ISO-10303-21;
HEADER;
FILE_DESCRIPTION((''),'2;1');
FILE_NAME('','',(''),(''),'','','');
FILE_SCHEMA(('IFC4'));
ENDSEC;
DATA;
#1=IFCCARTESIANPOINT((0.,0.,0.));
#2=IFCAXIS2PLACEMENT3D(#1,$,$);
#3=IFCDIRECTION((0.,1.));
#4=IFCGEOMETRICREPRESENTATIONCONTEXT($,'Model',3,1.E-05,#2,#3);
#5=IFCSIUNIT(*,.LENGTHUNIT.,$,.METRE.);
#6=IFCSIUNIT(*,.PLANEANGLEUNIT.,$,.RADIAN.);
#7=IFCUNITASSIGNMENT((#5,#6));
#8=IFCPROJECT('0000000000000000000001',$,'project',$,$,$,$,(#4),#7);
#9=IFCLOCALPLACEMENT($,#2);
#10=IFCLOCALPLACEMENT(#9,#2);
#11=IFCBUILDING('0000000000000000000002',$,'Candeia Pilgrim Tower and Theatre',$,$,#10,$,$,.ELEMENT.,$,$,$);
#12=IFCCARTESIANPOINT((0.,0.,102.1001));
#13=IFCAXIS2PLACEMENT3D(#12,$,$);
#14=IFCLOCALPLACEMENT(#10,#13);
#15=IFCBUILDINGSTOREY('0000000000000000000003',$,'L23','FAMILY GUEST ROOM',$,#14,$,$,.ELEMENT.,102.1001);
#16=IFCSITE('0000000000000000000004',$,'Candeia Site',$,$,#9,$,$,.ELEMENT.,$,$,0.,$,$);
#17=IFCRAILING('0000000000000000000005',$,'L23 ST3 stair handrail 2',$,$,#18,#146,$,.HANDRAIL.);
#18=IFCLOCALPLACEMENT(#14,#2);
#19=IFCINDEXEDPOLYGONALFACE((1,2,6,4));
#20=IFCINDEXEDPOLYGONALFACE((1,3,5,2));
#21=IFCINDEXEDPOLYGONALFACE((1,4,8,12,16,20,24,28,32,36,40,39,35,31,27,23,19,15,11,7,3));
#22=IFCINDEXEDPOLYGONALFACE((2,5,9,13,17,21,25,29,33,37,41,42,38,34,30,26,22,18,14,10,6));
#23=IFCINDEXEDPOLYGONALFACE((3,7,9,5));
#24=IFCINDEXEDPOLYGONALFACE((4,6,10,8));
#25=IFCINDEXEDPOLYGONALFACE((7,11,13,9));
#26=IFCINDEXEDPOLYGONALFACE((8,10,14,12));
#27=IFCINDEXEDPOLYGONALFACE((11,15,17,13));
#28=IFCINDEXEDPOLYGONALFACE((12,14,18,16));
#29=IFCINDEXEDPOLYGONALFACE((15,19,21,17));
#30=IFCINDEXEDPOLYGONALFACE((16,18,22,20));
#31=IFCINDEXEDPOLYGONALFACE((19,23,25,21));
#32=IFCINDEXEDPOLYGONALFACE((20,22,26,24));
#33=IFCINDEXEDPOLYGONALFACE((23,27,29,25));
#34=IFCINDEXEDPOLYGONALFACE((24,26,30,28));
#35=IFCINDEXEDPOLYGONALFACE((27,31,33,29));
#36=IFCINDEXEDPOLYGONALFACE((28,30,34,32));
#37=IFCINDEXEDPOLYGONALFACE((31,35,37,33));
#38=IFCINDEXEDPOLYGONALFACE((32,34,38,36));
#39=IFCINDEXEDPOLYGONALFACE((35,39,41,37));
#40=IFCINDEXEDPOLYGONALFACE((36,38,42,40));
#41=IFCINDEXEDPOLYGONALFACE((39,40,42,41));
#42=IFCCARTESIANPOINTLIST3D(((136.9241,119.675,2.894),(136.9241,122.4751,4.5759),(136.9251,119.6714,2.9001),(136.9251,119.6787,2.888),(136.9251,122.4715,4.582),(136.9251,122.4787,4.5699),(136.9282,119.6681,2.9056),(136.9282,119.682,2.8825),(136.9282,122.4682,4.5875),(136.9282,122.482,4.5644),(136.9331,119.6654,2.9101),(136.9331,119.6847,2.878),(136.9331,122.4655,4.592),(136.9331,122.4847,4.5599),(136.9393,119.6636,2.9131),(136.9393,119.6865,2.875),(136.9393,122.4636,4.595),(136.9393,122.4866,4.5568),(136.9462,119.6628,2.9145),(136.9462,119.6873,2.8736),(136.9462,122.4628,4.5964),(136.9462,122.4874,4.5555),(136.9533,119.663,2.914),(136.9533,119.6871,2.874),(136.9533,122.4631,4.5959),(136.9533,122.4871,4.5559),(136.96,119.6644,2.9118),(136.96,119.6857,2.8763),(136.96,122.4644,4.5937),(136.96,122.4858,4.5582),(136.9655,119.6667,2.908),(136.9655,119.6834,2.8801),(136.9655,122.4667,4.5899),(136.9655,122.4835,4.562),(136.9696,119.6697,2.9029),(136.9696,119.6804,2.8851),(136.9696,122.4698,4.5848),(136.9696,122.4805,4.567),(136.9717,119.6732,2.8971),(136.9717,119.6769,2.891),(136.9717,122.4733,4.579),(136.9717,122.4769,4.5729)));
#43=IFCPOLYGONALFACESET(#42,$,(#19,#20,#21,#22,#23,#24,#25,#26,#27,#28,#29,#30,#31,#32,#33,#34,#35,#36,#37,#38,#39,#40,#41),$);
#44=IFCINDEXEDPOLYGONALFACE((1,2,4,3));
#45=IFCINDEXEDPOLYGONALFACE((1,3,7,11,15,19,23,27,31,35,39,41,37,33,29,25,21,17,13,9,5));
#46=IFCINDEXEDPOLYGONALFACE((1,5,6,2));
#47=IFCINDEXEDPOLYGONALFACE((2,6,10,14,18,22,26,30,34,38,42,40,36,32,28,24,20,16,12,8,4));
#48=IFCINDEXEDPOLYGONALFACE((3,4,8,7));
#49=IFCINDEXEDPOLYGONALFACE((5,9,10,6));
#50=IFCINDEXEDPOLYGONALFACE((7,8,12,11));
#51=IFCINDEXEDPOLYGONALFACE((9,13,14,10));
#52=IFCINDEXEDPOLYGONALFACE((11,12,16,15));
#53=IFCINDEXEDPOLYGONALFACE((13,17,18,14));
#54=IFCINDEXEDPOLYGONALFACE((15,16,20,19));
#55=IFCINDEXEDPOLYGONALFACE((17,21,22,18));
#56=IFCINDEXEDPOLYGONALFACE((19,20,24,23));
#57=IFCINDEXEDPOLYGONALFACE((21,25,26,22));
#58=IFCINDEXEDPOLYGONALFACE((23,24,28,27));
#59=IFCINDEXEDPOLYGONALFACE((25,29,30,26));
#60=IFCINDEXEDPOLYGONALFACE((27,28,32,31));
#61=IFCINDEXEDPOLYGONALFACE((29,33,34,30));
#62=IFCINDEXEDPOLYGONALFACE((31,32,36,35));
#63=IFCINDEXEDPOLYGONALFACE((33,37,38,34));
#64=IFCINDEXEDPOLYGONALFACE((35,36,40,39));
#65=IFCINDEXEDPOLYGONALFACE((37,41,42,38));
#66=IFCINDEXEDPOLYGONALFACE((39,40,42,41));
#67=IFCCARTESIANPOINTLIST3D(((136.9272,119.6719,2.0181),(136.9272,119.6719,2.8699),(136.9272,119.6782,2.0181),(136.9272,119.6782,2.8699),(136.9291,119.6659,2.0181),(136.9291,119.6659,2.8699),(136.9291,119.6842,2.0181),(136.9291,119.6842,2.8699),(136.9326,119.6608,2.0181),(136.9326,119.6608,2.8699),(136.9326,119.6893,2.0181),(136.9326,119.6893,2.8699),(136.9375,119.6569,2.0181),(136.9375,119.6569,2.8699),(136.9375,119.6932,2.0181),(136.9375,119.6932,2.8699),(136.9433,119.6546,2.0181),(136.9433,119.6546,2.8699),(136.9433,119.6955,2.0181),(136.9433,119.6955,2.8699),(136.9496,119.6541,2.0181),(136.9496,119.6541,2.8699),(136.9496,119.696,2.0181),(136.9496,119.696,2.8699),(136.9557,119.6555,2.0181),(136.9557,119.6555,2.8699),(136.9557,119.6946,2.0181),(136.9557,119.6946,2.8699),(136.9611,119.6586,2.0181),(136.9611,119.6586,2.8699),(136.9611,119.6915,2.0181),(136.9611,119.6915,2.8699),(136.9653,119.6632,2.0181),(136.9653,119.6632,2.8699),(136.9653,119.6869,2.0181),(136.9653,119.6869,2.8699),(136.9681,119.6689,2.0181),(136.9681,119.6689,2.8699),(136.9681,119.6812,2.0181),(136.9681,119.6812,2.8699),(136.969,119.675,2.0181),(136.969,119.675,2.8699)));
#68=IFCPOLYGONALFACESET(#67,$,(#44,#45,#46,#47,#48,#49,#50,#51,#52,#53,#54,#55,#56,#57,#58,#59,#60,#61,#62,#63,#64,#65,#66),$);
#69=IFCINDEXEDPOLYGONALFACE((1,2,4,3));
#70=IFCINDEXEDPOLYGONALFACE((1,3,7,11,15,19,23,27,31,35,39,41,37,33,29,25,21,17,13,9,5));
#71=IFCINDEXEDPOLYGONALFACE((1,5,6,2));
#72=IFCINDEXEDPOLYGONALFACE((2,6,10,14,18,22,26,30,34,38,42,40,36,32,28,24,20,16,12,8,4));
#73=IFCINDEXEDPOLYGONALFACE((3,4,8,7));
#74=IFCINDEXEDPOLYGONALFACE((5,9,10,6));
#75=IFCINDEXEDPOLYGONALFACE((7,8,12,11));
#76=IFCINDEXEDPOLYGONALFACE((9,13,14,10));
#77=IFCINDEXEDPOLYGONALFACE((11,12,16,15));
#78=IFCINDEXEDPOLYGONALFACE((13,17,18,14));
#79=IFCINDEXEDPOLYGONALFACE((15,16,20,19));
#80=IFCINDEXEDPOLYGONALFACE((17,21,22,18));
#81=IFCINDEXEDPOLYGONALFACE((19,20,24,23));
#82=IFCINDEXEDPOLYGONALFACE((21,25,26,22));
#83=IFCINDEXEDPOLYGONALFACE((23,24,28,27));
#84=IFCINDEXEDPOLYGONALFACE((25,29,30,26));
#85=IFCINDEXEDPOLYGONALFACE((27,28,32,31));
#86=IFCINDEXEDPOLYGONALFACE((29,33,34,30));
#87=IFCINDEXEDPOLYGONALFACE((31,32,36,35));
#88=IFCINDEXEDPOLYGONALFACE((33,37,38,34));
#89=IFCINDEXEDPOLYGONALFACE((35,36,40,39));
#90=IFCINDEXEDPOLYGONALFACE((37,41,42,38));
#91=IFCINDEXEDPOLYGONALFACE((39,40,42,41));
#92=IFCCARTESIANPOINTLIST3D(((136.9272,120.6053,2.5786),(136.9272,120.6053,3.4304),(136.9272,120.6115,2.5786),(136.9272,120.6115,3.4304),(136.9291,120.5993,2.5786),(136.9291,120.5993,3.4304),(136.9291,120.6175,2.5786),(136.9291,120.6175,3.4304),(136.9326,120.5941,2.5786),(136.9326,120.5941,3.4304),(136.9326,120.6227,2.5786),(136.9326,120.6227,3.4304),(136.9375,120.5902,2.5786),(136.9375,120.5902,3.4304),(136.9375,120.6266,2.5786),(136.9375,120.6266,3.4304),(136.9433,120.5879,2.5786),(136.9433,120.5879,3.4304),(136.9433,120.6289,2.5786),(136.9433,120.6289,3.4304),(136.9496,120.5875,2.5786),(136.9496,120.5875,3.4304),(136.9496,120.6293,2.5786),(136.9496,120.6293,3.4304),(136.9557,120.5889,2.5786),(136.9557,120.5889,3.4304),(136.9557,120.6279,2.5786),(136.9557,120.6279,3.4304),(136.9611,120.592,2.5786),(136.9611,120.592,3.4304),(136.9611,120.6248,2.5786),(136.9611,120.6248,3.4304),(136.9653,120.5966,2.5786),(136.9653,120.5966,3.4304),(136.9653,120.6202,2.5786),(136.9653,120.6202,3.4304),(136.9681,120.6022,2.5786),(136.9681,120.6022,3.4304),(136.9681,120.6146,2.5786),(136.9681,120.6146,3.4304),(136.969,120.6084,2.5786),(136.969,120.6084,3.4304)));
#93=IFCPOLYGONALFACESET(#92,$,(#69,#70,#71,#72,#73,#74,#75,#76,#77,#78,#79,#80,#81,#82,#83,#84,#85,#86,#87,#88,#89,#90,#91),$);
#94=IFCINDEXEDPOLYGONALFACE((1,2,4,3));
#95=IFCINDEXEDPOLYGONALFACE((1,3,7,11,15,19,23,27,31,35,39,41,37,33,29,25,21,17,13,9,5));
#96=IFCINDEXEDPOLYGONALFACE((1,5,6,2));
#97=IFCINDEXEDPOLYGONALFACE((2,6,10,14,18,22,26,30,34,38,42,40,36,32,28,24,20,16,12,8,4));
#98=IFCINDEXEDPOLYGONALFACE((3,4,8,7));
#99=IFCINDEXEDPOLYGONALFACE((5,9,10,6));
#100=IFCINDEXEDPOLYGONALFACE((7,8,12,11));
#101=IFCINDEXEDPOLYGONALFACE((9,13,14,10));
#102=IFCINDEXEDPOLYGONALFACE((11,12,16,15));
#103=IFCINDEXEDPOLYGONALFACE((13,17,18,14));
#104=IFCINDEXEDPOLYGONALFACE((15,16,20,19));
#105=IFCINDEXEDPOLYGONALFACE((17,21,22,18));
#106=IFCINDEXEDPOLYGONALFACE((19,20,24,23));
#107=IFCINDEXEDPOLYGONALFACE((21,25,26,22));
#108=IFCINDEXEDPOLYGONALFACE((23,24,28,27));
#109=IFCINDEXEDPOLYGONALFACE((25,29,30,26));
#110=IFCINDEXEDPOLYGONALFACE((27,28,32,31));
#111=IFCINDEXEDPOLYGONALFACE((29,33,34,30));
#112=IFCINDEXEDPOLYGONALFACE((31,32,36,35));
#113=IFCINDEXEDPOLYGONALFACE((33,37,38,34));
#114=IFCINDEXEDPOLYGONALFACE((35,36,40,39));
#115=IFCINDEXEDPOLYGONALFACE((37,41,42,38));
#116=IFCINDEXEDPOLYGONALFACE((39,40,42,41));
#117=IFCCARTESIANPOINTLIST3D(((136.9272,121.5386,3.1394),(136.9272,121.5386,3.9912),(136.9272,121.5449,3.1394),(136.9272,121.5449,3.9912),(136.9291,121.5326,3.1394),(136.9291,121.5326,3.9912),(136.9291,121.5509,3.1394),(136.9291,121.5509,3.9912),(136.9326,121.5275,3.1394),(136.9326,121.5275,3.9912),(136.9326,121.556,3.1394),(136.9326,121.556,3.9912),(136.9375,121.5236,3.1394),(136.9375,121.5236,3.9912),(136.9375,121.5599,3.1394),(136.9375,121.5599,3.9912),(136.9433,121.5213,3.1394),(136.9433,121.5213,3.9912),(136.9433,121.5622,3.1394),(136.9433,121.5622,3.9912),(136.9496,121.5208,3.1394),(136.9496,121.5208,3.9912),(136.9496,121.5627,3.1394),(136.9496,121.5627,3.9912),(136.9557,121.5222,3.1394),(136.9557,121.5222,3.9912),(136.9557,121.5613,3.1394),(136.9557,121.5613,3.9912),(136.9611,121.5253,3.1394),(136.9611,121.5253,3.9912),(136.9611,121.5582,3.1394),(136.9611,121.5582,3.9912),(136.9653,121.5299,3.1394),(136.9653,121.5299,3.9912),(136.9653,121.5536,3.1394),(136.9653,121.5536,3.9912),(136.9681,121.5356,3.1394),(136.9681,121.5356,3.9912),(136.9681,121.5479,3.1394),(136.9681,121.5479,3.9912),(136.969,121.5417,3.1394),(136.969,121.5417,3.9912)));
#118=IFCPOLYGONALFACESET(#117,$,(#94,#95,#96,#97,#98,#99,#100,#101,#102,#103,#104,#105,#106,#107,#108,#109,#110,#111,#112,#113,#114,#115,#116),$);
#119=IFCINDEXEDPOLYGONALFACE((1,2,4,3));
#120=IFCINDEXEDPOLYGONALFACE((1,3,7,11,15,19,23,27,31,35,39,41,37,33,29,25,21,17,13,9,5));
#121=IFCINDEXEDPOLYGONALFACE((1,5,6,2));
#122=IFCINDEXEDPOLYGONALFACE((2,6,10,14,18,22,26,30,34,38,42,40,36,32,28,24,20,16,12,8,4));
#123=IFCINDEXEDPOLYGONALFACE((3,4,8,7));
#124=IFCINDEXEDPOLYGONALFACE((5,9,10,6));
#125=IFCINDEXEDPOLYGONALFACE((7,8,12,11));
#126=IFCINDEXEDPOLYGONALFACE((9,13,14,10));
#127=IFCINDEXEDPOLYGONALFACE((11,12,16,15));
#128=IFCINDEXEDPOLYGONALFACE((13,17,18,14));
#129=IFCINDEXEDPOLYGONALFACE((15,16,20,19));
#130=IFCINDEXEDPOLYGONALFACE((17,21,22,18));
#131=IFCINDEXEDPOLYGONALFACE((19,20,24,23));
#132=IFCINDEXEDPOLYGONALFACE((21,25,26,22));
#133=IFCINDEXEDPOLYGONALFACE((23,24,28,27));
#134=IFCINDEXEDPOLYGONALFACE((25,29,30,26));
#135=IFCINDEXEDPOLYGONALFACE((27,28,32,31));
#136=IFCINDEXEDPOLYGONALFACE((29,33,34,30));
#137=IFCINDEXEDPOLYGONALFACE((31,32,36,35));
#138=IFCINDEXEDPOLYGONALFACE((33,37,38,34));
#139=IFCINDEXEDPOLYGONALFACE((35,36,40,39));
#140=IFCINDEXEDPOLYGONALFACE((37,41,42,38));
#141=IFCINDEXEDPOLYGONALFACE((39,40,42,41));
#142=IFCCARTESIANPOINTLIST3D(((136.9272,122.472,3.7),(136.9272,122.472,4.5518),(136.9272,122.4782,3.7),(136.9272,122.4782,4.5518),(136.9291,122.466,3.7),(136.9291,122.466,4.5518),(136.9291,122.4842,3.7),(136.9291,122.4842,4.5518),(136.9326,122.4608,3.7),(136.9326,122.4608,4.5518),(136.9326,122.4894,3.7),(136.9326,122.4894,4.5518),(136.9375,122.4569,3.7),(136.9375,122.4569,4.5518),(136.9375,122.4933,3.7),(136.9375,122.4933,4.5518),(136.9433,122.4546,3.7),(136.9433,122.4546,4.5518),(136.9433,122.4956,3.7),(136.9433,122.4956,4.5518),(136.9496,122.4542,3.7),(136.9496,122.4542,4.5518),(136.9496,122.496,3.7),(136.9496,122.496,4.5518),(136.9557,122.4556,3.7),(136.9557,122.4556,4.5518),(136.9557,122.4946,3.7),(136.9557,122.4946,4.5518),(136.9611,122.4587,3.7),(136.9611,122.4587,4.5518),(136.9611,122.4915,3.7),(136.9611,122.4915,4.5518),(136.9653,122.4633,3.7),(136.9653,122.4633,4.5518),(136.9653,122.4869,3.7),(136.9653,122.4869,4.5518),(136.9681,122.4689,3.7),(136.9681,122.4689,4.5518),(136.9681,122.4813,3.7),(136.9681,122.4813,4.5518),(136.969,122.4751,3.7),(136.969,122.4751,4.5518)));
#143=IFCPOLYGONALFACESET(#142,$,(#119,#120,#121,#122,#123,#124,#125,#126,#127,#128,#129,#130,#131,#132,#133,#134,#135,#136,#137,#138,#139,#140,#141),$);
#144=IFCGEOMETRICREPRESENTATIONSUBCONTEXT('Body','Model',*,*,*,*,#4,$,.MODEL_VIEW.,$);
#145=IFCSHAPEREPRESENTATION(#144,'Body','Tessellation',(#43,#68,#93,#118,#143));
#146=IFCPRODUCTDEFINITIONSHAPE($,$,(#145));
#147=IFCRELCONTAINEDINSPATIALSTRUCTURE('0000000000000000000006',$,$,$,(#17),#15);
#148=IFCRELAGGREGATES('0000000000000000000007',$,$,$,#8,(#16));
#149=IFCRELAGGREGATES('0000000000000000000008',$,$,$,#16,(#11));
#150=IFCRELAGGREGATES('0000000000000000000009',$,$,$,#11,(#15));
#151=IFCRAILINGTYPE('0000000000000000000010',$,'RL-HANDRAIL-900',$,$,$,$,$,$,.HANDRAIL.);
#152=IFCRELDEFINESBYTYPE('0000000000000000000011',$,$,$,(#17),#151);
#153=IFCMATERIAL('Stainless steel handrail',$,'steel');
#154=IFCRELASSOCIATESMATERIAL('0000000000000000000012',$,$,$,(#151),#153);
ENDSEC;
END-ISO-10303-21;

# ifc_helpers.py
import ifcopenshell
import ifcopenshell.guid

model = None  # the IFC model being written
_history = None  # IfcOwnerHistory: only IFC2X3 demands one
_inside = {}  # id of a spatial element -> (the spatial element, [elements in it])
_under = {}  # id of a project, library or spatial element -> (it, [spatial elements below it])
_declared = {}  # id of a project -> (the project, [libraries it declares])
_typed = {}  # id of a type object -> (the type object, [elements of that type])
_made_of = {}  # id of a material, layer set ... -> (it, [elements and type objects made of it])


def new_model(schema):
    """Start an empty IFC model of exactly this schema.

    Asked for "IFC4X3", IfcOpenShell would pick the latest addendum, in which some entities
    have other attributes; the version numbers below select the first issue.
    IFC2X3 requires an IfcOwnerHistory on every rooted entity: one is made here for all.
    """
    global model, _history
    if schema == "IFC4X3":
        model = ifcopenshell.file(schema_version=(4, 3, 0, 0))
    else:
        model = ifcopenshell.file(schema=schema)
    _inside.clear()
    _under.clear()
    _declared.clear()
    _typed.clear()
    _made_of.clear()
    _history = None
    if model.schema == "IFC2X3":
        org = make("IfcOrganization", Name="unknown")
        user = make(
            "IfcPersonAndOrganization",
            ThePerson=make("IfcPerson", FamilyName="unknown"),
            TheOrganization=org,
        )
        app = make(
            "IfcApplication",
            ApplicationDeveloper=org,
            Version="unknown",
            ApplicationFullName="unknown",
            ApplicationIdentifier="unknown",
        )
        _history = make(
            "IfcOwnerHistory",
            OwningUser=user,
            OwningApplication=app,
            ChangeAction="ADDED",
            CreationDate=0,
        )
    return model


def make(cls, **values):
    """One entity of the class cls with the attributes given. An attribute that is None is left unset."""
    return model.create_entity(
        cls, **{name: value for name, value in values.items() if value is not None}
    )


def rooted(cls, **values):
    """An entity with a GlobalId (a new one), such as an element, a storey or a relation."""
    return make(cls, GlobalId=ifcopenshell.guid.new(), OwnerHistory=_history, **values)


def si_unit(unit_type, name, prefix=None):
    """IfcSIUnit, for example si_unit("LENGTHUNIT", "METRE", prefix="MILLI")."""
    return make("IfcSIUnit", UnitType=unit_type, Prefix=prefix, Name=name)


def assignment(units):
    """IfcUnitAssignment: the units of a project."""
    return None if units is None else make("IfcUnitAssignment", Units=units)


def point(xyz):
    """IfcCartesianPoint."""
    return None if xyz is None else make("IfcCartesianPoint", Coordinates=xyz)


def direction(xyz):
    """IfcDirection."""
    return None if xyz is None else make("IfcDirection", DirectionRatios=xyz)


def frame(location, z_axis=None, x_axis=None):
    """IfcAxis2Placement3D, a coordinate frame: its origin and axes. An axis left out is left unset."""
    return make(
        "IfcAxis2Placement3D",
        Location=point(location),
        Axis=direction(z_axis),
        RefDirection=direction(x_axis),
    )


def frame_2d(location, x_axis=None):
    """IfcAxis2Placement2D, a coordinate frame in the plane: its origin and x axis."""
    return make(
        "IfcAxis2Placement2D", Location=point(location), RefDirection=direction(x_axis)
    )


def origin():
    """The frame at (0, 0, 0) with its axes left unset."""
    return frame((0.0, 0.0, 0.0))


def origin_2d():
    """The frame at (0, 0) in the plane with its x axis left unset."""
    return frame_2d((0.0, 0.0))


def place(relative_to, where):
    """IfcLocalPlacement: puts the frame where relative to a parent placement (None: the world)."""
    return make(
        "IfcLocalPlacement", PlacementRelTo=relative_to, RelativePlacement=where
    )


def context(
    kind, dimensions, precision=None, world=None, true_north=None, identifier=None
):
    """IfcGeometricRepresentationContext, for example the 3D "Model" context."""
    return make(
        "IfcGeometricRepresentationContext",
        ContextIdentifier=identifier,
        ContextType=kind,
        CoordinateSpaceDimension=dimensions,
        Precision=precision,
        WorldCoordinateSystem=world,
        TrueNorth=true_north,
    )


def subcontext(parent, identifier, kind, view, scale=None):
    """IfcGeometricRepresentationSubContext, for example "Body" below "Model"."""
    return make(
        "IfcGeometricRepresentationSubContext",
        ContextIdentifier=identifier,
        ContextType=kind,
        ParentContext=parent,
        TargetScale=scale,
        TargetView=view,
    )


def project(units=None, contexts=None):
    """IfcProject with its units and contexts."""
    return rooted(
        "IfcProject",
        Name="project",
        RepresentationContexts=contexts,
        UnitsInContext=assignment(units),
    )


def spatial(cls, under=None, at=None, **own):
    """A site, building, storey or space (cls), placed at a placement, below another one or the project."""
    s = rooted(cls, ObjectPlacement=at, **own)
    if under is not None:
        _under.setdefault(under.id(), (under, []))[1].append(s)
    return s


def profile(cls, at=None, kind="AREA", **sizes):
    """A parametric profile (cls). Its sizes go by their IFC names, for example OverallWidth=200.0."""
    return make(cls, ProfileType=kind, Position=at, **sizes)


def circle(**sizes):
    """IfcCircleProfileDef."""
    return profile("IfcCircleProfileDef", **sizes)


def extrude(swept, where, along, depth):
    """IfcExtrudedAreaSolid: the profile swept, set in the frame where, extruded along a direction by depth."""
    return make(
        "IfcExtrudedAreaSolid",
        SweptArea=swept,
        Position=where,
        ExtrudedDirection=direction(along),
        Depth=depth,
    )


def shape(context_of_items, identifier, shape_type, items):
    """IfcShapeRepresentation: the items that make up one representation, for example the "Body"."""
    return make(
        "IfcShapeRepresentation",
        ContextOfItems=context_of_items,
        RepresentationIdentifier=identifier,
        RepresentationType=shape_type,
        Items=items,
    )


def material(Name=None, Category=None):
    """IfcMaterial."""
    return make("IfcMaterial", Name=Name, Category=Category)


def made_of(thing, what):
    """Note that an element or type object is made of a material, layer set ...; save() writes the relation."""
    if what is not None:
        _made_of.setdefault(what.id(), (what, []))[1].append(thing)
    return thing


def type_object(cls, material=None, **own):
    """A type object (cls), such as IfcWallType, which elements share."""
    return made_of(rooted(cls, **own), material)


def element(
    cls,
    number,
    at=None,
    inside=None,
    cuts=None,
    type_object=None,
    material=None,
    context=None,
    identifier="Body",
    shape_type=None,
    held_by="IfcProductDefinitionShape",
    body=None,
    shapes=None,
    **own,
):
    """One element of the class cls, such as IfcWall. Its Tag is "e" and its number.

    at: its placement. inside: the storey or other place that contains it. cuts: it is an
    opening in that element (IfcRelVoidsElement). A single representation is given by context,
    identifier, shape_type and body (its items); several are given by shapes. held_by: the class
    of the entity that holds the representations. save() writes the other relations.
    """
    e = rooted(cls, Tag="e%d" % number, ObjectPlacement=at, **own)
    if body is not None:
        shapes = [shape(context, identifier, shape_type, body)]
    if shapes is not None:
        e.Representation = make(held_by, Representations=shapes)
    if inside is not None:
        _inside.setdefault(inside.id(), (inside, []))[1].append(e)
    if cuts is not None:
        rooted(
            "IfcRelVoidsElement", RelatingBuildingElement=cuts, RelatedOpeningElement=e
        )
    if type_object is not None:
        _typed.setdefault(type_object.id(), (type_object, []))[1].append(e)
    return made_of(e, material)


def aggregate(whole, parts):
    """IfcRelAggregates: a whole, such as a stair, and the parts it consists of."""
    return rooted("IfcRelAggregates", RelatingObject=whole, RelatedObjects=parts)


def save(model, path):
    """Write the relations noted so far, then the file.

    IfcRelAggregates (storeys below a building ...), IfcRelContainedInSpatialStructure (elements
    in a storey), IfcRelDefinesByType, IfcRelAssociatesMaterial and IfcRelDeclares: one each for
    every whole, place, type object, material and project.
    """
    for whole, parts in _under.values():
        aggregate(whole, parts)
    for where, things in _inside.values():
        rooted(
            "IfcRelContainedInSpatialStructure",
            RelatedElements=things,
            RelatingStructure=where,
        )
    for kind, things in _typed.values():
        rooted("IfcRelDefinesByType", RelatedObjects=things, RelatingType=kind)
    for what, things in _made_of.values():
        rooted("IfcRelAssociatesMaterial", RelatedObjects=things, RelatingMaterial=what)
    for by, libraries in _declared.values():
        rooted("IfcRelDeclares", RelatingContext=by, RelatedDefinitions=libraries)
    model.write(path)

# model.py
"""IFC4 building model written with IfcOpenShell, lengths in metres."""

from ifc_helpers import new_model, si_unit, direction, frame, origin, origin_2d, place, context, subcontext, project, spatial, circle, extrude, material, type_object, element, save


model = new_model("IFC4")

# Units and contexts
model_context = context("Model", 3, precision=1e-05, world=origin(), true_north=direction((0.0, 1.0)))
body_context = subcontext(model_context, "Body", "Model", "MODEL_VIEW")
ifc_project = project(units=[si_unit("LENGTHUNIT", "METRE"), si_unit("PLANEANGLEUNIT", "RADIAN")], contexts=[model_context])

# Site, building, storey
site_placement = place(None, origin())
site = spatial("IfcSite", under=ifc_project, at=site_placement, Name="Candeia Site", CompositionType="ELEMENT", RefElevation=0.0)
building_placement = place(site_placement, origin())
building = spatial("IfcBuilding", under=site, at=building_placement, Name="Candeia Pilgrim Tower and Theatre", CompositionType="ELEMENT")
storey_placement = place(building_placement, frame((0.0, 0.0, 102.1001)))
storey = spatial("IfcBuildingStorey", under=building, at=storey_placement, Name="L23", Description="FAMILY GUEST ROOM", CompositionType="ELEMENT", Elevation=102.1001)

# Railing
ifc_material_1 = material(Name="Stainless steel handrail", Category="steel")
railing_type_1 = type_object("IfcRailingType", Name="RL-HANDRAIL-900", PredefinedType="HANDRAIL", material=ifc_material_1)
railing_1_placement = place(storey_placement, frame((136.948, 119.675, 2.0181)))
element("IfcRailing", 1, at=railing_1_placement, inside=storey, type_object=railing_type_1, Name="L23 ST3 stair handrail 2", PredefinedType="HANDRAIL", context=body_context, shape_type="SweptSolid", body=[
    extrude(circle(Radius=0.0239, at=origin_2d()), frame((0.0, 0.0, 0.876), z_axis=(0.0, 0.857242, 0.514913), x_axis=(-1.0, 0.0, 0.0)), (0.0, 0.0, 1.0), 3.2664),
    extrude(circle(Radius=0.021, at=origin_2d()), origin(), (0.0, 0.0, 1.0), 0.8518),
    extrude(circle(Radius=0.021, at=origin_2d()), frame((0.0, 0.9333, 0.5605)), (0.0, 0.0, 1.0), 0.8518),
    extrude(circle(Radius=0.021, at=origin_2d()), frame((0.0, 1.8667, 1.1213)), (0.0, 0.0, 1.0), 0.8518),
    extrude(circle(Radius=0.021, at=origin_2d()), frame((0.0, 2.8, 1.6819)), (0.0, 0.0, 1.0), 0.8518),
])

save(model, "model.ifc")
